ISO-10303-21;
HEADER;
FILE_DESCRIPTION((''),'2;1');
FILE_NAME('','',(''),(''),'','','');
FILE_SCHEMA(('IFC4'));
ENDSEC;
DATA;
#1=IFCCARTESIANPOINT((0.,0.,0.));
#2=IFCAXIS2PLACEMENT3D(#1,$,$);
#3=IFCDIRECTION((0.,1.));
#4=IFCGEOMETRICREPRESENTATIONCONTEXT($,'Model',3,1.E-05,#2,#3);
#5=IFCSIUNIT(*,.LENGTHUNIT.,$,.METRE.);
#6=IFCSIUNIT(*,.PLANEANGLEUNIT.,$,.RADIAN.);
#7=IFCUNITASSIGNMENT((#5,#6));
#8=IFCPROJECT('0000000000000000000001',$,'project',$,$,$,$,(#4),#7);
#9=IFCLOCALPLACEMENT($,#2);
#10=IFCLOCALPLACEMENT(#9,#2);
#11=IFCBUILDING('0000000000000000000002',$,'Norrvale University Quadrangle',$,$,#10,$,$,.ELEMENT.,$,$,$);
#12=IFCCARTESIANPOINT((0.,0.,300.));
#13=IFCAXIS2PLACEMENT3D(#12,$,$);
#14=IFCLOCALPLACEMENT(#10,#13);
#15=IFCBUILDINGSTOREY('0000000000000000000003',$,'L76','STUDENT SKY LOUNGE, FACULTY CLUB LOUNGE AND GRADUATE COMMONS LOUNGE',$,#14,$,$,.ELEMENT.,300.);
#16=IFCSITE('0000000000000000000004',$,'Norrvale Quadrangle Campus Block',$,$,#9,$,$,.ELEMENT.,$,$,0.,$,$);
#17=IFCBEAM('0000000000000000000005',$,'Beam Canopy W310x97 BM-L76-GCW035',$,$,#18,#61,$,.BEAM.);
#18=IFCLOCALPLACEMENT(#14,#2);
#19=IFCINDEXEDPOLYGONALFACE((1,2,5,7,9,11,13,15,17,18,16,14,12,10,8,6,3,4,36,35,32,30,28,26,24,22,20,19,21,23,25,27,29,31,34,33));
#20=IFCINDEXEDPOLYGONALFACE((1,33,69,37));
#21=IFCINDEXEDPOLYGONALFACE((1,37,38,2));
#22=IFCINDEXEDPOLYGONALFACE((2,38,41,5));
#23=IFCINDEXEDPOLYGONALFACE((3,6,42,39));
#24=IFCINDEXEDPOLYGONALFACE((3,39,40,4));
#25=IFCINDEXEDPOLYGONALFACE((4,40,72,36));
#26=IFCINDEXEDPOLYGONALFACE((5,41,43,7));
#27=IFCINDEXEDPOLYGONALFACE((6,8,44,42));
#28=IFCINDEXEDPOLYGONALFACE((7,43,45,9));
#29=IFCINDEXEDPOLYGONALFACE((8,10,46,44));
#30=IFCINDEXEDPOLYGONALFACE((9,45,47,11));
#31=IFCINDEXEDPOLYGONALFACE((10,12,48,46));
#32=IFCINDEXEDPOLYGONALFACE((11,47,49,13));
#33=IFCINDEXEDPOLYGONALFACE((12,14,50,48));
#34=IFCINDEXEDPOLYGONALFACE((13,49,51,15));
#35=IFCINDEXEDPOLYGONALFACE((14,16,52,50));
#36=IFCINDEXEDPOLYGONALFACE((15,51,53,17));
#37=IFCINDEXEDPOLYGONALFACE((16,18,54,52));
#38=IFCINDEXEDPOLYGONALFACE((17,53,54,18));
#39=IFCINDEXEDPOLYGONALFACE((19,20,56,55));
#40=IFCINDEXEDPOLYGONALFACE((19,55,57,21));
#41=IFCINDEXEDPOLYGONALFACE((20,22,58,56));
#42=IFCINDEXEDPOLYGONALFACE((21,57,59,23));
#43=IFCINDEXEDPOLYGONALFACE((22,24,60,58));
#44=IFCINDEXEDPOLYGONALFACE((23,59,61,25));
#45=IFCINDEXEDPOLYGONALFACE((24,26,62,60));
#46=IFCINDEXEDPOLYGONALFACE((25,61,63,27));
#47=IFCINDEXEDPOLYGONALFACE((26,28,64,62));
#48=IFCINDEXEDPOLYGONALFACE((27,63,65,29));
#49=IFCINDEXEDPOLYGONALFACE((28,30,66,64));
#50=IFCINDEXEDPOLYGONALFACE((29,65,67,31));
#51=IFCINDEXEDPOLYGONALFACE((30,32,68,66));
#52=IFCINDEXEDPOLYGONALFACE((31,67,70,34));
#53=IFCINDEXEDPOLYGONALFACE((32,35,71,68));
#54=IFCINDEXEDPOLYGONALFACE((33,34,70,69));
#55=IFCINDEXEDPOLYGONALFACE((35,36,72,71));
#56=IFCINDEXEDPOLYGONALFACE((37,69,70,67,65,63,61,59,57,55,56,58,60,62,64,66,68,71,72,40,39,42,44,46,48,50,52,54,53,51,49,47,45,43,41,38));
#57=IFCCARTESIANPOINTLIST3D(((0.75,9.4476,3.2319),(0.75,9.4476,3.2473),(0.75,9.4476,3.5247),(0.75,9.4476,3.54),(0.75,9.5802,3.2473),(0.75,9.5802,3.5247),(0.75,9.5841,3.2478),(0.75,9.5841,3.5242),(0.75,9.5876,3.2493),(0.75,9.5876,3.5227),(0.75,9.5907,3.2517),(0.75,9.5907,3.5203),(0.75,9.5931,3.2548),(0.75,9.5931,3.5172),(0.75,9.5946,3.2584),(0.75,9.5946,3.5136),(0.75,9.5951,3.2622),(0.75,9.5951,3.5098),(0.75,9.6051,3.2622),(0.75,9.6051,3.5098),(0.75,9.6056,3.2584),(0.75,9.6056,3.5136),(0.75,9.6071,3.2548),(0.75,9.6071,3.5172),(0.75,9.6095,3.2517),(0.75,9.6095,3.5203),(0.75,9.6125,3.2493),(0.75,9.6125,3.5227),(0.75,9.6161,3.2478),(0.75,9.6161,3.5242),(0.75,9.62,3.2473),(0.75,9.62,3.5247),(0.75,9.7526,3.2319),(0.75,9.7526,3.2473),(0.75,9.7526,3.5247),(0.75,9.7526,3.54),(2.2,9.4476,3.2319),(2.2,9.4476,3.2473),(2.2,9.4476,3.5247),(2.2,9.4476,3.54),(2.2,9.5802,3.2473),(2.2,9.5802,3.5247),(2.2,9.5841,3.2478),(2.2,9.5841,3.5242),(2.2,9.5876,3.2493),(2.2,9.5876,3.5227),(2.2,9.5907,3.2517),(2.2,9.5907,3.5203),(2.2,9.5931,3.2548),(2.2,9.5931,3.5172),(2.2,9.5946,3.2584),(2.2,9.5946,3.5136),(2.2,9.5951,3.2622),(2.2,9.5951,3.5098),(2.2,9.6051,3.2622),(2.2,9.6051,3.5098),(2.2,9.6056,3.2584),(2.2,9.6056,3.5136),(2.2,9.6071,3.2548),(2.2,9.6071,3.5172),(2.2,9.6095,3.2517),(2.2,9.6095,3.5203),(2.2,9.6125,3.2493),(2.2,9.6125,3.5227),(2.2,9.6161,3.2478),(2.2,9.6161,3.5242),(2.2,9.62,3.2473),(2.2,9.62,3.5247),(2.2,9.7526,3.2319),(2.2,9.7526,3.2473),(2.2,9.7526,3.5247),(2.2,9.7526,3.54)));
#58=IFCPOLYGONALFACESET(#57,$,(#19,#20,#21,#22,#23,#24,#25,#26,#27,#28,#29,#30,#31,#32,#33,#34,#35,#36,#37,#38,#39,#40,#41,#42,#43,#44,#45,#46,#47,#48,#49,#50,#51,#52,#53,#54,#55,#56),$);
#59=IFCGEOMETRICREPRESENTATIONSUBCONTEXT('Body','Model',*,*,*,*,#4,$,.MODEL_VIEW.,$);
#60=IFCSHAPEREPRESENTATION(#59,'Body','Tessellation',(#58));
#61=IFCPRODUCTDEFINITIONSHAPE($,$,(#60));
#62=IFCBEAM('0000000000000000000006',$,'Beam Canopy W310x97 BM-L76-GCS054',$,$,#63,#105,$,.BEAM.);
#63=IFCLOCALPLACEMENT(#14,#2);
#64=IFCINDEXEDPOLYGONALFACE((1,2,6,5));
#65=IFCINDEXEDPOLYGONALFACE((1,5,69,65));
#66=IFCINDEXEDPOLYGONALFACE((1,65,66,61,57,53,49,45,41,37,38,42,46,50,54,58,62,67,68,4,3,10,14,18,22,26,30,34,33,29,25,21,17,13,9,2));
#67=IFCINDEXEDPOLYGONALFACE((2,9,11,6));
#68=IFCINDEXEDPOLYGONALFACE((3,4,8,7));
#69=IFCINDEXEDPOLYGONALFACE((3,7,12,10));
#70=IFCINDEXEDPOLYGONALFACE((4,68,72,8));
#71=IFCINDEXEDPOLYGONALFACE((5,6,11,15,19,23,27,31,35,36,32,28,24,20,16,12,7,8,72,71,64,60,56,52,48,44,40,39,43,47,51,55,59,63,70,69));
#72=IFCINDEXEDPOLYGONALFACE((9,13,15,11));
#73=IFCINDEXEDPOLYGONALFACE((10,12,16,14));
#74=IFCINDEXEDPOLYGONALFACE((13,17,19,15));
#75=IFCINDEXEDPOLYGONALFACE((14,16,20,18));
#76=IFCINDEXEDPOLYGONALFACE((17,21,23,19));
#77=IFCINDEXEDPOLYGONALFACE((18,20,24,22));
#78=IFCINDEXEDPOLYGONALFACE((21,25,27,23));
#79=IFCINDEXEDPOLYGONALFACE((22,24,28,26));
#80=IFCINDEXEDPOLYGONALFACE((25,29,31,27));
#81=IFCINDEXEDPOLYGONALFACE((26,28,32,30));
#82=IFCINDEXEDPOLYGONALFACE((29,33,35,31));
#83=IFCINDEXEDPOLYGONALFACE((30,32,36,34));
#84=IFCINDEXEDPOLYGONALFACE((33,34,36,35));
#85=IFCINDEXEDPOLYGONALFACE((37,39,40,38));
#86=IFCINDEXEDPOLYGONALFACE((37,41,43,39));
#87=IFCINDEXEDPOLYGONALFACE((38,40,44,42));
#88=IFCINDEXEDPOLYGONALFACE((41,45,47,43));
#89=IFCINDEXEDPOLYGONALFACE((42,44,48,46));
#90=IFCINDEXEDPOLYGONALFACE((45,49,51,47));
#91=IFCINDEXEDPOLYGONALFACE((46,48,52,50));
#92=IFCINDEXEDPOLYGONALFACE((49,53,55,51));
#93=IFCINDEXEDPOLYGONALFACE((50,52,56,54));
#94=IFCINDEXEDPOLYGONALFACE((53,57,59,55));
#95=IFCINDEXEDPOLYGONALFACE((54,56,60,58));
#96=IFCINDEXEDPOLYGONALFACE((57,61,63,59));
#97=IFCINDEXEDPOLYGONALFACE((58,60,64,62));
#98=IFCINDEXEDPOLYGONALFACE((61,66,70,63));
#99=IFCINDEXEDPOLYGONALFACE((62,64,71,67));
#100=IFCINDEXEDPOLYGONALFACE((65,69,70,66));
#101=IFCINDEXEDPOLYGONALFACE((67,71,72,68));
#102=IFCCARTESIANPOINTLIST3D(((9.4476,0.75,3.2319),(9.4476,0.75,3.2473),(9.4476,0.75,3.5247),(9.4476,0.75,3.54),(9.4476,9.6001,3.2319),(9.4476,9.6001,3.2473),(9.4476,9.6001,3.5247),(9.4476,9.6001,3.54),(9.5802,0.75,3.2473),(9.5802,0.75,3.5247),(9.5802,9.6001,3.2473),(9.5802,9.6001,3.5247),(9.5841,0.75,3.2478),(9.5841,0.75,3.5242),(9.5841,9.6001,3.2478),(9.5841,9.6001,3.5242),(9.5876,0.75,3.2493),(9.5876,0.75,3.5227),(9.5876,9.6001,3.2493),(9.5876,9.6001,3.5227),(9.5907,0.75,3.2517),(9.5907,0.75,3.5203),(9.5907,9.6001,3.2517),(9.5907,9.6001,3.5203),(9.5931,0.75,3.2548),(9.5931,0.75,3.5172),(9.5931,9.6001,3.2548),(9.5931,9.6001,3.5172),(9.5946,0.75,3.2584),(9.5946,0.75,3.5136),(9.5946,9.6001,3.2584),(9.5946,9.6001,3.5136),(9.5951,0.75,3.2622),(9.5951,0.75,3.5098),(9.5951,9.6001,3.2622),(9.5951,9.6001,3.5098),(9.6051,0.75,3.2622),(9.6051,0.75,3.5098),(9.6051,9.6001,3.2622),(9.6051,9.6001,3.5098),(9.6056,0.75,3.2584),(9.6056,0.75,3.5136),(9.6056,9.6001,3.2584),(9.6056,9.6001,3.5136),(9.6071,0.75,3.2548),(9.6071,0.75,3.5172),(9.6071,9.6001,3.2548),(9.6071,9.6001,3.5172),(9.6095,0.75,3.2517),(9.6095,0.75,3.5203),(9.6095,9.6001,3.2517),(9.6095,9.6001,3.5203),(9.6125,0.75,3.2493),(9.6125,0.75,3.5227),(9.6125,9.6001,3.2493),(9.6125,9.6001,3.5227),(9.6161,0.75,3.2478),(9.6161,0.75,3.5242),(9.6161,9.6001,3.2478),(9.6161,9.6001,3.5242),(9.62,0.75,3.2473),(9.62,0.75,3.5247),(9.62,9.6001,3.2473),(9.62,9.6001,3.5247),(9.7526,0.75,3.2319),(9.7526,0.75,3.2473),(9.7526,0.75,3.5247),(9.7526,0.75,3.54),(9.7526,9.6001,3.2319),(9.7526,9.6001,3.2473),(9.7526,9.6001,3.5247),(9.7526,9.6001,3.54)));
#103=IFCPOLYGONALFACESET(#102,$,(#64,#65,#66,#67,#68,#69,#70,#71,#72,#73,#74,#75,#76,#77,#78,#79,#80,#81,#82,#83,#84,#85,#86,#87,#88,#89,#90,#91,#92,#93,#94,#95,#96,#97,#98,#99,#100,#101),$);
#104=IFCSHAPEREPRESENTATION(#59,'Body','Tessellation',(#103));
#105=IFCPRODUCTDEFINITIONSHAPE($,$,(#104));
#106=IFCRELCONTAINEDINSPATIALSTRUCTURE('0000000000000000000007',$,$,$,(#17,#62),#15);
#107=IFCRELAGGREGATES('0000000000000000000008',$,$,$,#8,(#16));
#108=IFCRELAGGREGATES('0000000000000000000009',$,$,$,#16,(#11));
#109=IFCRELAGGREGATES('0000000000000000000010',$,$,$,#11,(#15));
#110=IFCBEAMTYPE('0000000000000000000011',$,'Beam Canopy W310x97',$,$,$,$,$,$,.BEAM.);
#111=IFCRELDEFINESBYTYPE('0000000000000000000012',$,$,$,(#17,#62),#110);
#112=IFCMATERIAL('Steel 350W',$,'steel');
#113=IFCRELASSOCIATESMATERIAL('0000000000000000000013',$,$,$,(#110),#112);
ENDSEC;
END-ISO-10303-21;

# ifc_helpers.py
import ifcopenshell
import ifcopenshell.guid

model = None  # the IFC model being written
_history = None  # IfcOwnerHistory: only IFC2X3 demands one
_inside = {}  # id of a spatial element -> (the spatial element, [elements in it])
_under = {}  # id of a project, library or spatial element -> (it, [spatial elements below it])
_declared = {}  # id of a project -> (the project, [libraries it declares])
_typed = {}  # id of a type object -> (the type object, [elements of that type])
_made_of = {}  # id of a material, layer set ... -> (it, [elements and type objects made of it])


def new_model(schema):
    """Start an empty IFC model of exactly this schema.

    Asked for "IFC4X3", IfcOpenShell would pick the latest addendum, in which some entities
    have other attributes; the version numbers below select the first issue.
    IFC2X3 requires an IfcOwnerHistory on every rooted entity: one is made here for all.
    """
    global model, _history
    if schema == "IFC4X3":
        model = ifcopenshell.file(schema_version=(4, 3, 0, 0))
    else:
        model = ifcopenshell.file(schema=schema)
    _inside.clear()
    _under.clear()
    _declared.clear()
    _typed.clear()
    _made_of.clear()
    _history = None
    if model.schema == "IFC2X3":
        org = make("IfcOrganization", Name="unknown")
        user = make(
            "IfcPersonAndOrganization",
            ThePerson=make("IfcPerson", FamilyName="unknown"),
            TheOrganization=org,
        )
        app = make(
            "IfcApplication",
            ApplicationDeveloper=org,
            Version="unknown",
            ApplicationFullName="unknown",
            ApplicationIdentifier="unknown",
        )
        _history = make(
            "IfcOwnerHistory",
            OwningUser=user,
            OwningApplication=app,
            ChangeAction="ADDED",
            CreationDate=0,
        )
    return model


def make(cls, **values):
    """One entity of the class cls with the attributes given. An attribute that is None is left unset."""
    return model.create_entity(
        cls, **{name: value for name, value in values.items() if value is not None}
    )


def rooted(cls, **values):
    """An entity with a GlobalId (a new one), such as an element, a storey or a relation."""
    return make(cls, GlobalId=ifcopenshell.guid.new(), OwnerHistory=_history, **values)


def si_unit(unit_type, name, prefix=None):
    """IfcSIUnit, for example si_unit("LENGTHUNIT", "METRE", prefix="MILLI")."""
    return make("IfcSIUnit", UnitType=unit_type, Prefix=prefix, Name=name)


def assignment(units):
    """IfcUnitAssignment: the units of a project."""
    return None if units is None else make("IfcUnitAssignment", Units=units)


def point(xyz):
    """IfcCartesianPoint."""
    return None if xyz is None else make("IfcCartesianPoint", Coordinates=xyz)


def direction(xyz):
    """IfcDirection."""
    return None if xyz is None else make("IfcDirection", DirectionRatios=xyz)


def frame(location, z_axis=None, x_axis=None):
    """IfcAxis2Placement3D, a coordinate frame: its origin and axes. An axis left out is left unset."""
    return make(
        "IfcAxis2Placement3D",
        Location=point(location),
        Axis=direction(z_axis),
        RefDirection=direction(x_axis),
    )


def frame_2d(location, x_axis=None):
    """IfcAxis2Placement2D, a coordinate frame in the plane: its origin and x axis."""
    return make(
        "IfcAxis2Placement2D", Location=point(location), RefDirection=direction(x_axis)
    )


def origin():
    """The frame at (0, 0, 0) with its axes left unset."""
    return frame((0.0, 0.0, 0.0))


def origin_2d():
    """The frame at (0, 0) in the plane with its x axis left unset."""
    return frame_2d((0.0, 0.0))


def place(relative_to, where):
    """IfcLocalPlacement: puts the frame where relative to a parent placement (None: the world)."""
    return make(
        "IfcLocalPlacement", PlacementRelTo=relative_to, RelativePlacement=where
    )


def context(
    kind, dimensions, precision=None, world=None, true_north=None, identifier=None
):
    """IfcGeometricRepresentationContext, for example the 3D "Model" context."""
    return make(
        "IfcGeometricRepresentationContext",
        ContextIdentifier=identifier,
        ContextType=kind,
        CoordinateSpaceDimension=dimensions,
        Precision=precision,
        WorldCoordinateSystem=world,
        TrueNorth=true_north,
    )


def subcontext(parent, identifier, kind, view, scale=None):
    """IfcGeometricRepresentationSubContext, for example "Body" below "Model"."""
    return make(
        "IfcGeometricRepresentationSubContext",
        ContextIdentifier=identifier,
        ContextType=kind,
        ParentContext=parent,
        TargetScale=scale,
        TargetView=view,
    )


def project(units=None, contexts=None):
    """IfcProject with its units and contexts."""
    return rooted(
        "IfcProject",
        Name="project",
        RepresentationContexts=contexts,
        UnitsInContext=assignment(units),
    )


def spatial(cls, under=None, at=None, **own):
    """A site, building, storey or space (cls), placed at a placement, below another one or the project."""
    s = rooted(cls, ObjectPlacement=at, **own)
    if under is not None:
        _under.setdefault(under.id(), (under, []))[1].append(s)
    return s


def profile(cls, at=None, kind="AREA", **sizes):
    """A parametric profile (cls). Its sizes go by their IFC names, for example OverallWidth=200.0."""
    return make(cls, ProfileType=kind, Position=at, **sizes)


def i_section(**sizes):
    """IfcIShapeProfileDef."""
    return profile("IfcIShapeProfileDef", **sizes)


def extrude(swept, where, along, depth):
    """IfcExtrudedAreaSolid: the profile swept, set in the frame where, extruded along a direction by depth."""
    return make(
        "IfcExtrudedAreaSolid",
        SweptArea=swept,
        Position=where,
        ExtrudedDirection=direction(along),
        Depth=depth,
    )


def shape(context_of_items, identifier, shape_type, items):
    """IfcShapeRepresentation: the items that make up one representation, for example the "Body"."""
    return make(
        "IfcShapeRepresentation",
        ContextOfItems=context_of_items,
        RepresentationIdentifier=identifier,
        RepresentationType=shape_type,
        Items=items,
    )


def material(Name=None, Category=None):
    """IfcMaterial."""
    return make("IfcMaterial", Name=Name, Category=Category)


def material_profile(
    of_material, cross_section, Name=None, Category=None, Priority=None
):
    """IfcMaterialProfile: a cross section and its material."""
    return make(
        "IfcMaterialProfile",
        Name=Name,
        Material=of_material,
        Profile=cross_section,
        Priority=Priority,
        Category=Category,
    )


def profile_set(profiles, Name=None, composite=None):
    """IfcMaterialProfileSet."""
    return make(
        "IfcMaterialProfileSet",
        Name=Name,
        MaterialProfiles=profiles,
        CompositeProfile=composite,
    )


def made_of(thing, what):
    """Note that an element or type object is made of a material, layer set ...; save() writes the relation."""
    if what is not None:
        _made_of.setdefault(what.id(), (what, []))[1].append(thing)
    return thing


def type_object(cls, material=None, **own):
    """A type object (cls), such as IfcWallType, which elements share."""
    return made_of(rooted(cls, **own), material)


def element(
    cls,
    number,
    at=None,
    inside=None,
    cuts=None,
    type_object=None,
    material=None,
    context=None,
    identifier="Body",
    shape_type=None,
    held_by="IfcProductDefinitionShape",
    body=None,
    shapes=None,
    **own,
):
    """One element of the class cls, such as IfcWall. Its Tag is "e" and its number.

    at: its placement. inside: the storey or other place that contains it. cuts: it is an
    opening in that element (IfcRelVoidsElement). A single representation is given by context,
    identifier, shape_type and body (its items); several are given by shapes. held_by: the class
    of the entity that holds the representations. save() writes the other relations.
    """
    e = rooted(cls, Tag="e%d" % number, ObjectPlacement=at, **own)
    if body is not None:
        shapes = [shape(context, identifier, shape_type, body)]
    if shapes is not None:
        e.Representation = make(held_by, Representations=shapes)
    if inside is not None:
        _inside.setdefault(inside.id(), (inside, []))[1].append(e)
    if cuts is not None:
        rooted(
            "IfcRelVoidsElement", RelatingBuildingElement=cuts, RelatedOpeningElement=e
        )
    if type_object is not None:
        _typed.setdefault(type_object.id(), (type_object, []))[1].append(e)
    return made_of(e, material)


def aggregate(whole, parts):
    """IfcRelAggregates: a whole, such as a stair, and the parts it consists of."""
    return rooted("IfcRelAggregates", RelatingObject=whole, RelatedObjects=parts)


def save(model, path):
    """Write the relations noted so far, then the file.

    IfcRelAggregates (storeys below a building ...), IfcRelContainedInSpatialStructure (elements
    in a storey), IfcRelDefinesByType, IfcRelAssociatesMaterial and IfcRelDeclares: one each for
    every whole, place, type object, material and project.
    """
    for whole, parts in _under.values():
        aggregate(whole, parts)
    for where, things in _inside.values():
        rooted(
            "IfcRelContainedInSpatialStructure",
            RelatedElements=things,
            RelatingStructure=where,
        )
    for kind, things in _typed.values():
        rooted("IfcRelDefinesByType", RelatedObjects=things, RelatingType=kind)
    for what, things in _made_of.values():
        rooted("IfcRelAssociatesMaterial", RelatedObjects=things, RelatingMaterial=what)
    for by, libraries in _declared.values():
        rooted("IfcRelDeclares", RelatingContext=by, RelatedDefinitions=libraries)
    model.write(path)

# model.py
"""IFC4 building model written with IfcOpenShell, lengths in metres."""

from ifc_helpers import new_model, si_unit, direction, frame, origin, origin_2d, place, context, subcontext, project, spatial, i_section, extrude, material, material_profile, profile_set, type_object, element, save


model = new_model("IFC4")

# Units and contexts
model_context = context("Model", 3, precision=1e-05, world=origin(), true_north=direction((0.0, 1.0)))
body_context = subcontext(model_context, "Body", "Model", "MODEL_VIEW")
ifc_project = project(units=[si_unit("LENGTHUNIT", "METRE"), si_unit("PLANEANGLEUNIT", "RADIAN")], contexts=[model_context])

# Site, building, storey
site_placement = place(None, origin())
site = spatial("IfcSite", under=ifc_project, at=site_placement, Name="Norrvale Quadrangle Campus Block", CompositionType="ELEMENT", RefElevation=0.0)
building_placement = place(site_placement, origin())
building = spatial("IfcBuilding", under=site, at=building_placement, Name="Norrvale University Quadrangle", CompositionType="ELEMENT")
storey_placement = place(building_placement, frame((0.0, 0.0, 300.0)))
storey = spatial("IfcBuildingStorey", under=building, at=storey_placement, Name="L76", Description="STUDENT SKY LOUNGE, FACULTY CLUB LOUNGE AND GRADUATE COMMONS LOUNGE", CompositionType="ELEMENT", Elevation=300.0)

# Beams
ifc_material_1 = material(Name="Steel 350W", Category="steel")
ifc_material_profile_1 = material_profile(ifc_material_1, i_section(OverallWidth=0.3049, OverallDepth=0.3081, WebThickness=0.01, FlangeThickness=0.0154, FilletRadius=0.0149, at=origin_2d()), Name="Steel 350W")
ifc_profile_set_1 = profile_set([ifc_material_profile_1], Name="Steel 350W")
beam_type_1 = type_object("IfcBeamType", Name="Beam Canopy W310x97", PredefinedType="BEAM", material=ifc_profile_set_1)
beam_1_placement = place(storey_placement, frame((0.75, 9.6001, 3.386), z_axis=(1.0, 0.0, 0.0), x_axis=(0.0, 1.0, 0.0)))
element("IfcBeam", 1, at=beam_1_placement, inside=storey, type_object=beam_type_1, Name="Beam Canopy W310x97 BM-L76-GCW035", PredefinedType="BEAM", context=body_context, shape_type="SweptSolid", body=[
    extrude(i_section(OverallWidth=0.3049, OverallDepth=0.3081, WebThickness=0.01, FlangeThickness=0.0154, FilletRadius=0.0149, at=origin_2d()), origin(), (0.0, 0.0, 1.0), 1.45),
])
beam_2_placement = place(storey_placement, frame((9.6001, 0.75, 3.386), z_axis=(0.0, 1.0, 0.0), x_axis=(-1.0, 0.0, 0.0)))
element("IfcBeam", 2, at=beam_2_placement, inside=storey, type_object=beam_type_1, Name="Beam Canopy W310x97 BM-L76-GCS054", PredefinedType="BEAM", context=body_context, shape_type="SweptSolid", body=[
    extrude(i_section(OverallWidth=0.3049, OverallDepth=0.3081, WebThickness=0.01, FlangeThickness=0.0154, FilletRadius=0.0149, at=origin_2d()), origin(), (0.0, 0.0, 1.0), 8.8501),
])

save(model, "model.ifc")
